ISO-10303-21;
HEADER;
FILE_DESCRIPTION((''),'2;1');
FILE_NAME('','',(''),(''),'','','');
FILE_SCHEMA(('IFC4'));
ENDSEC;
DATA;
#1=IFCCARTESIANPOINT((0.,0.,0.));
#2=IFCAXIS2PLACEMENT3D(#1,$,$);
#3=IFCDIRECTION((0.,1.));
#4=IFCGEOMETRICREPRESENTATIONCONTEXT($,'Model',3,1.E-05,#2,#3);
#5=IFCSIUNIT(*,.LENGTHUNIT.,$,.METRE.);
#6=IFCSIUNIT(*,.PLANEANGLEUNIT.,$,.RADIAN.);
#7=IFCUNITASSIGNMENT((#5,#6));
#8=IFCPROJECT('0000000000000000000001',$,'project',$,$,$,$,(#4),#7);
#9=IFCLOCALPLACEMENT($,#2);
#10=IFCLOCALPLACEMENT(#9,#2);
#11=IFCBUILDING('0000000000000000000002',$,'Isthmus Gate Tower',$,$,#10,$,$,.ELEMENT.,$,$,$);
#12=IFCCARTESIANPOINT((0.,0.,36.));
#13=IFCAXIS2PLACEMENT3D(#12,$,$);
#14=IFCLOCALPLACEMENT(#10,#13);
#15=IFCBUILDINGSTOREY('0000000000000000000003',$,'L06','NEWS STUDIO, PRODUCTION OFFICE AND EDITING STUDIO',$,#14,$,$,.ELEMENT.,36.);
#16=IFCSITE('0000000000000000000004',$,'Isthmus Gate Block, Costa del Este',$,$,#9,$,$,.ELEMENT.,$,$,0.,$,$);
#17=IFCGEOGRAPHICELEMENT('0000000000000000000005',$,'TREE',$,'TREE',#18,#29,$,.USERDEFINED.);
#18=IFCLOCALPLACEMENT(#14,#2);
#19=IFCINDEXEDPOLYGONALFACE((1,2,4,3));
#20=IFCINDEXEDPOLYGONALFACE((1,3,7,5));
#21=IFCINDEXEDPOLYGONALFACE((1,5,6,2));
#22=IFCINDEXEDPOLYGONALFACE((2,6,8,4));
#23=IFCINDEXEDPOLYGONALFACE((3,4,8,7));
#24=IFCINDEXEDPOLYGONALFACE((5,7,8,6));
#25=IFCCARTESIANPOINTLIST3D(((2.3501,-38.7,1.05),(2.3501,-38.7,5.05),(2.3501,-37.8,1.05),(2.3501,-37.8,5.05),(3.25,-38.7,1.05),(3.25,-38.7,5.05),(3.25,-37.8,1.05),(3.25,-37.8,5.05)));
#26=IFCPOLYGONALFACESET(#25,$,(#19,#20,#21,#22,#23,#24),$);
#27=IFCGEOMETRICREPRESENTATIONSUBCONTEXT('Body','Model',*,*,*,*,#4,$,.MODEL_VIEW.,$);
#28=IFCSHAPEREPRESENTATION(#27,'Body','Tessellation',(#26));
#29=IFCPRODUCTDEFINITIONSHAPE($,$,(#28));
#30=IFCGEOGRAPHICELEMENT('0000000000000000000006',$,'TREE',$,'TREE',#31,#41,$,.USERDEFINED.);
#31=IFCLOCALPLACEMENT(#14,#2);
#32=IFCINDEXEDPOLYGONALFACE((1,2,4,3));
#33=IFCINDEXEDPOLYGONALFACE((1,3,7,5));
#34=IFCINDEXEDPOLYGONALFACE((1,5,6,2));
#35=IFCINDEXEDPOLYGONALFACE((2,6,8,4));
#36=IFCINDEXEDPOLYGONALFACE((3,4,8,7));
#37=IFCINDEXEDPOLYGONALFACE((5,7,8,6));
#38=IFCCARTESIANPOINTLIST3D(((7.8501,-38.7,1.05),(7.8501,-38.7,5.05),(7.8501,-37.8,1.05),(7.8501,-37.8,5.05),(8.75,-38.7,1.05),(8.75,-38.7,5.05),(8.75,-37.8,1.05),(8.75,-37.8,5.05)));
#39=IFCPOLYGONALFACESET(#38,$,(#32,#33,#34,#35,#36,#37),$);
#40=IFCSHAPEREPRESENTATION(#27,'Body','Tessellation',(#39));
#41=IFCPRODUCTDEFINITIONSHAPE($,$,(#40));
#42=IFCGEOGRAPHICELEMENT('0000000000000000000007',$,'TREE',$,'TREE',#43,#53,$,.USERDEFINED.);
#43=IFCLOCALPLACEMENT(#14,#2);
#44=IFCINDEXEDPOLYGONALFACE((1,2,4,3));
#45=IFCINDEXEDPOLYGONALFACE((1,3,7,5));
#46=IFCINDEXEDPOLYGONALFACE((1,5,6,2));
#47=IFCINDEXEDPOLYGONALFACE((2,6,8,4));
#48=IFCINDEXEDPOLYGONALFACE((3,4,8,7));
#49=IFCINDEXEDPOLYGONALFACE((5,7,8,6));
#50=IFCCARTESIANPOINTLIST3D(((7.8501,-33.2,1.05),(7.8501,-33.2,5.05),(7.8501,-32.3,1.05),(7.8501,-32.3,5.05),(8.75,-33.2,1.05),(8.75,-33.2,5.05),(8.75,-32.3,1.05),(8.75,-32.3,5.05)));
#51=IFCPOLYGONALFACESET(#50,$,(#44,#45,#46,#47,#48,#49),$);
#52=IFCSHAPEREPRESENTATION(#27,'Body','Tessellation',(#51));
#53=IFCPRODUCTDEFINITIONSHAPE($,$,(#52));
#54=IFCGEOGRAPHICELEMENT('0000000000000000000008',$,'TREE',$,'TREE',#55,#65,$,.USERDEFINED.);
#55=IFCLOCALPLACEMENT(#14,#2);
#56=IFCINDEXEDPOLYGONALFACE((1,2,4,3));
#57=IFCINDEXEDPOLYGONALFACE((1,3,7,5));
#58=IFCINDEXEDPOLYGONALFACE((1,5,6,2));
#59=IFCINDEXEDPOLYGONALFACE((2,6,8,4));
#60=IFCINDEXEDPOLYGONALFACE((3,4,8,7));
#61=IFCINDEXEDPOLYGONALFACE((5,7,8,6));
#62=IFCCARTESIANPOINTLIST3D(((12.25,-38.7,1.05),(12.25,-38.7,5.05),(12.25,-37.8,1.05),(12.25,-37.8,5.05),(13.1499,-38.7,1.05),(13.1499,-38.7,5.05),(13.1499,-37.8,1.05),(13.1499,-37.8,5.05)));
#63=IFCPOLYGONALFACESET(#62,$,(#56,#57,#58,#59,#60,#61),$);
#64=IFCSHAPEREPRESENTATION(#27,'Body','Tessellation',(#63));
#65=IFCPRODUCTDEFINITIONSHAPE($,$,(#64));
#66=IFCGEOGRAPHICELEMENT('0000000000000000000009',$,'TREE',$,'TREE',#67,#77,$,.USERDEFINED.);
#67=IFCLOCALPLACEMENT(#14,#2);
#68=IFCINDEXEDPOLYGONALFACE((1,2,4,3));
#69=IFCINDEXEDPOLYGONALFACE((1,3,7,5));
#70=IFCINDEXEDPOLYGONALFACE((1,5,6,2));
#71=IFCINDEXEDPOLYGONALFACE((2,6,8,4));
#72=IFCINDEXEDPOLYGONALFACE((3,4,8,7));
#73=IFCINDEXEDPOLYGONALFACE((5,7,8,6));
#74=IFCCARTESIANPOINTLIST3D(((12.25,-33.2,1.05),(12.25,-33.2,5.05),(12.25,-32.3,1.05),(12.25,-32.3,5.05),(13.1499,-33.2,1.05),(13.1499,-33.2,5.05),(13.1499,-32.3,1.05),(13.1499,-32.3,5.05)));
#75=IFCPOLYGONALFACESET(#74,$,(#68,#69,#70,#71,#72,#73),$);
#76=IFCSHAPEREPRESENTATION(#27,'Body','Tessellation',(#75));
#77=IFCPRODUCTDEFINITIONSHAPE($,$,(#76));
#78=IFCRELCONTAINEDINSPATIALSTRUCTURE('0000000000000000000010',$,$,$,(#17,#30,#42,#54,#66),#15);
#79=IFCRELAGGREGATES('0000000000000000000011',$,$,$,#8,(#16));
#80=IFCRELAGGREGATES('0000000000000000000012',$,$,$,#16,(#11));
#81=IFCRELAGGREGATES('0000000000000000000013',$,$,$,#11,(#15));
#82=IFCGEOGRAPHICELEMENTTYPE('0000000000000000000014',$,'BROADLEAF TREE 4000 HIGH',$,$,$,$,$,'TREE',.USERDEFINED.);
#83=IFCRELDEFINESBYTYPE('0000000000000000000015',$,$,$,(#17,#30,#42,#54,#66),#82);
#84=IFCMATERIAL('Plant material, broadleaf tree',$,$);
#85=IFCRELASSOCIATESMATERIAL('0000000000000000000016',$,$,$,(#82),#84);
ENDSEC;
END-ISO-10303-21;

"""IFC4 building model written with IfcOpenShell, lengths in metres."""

from ifc_helpers import new_model, si_unit, direction, frame, origin, origin_2d, place, context, subcontext, project, spatial, rectangle, extrude, material, type_object, element, save


model = new_model("IFC4")

# Units and contexts
model_context = context("Model", 3, precision=1e-05, world=origin(), true_north=direction((0.0, 1.0)))
body_context = subcontext(model_context, "Body", "Model", "MODEL_VIEW")
ifc_project = project(units=[si_unit("LENGTHUNIT", "METRE"), si_unit("PLANEANGLEUNIT", "RADIAN")], contexts=[model_context])

# Site, building, storey
site_placement = place(None, origin())
site = spatial("IfcSite", under=ifc_project, at=site_placement, Name="Isthmus Gate Block, Costa del Este", CompositionType="ELEMENT", RefElevation=0.0)
building_placement = place(site_placement, origin())
building = spatial("IfcBuilding", under=site, at=building_placement, Name="Isthmus Gate Tower", CompositionType="ELEMENT")
storey_placement = place(building_placement, frame((0.0, 0.0, 36.0)))
storey = spatial("IfcBuildingStorey", under=building, at=storey_placement, Name="L06", Description="NEWS STUDIO, PRODUCTION OFFICE AND EDITING STUDIO", CompositionType="ELEMENT", Elevation=36.0)

# Geographic elements
ifc_material_1 = material(Name="Plant material, broadleaf tree")
geographic_element_type = type_object("IfcGeographicElementType", Name="BROADLEAF TREE 4000 HIGH", ElementType="TREE", PredefinedType="USERDEFINED", material=ifc_material_1)
for number, where, z_axis, x_axis, name in (
    (1, (2.8, -38.25, 1.05), (0.0, 0.0, 1.0), (1.0, 0.0, 0.0), "TREE"),
    (2, (8.3, -38.25, 1.05), (0.0, 0.0, 1.0), (1.0, 0.0, 0.0), "TREE"),
    (3, (8.3, -32.75, 1.05), (0.0, 0.0, 1.0), (1.0, 0.0, 0.0), "TREE"),
    (4, (12.7, -38.25, 1.05), (0.0, 0.0, 1.0), (1.0, 0.0, 0.0), "TREE"),
    (5, (12.7, -32.75, 1.05), (0.0, 0.0, 1.0), (1.0, 0.0, 0.0), "TREE"),
):
    element("IfcGeographicElement", number, at=place(storey_placement, frame(where, z_axis=z_axis, x_axis=x_axis)), inside=storey, type_object=geographic_element_type, Name=name, ObjectType="TREE", PredefinedType="USERDEFINED", context=body_context, shape_type="SweptSolid", body=[
        extrude(rectangle(XDim=0.8999, YDim=0.8999, at=origin_2d()), origin(), (0.0, 0.0, 1.0), 4.0),
    ])

save(model, "model.ifc")
